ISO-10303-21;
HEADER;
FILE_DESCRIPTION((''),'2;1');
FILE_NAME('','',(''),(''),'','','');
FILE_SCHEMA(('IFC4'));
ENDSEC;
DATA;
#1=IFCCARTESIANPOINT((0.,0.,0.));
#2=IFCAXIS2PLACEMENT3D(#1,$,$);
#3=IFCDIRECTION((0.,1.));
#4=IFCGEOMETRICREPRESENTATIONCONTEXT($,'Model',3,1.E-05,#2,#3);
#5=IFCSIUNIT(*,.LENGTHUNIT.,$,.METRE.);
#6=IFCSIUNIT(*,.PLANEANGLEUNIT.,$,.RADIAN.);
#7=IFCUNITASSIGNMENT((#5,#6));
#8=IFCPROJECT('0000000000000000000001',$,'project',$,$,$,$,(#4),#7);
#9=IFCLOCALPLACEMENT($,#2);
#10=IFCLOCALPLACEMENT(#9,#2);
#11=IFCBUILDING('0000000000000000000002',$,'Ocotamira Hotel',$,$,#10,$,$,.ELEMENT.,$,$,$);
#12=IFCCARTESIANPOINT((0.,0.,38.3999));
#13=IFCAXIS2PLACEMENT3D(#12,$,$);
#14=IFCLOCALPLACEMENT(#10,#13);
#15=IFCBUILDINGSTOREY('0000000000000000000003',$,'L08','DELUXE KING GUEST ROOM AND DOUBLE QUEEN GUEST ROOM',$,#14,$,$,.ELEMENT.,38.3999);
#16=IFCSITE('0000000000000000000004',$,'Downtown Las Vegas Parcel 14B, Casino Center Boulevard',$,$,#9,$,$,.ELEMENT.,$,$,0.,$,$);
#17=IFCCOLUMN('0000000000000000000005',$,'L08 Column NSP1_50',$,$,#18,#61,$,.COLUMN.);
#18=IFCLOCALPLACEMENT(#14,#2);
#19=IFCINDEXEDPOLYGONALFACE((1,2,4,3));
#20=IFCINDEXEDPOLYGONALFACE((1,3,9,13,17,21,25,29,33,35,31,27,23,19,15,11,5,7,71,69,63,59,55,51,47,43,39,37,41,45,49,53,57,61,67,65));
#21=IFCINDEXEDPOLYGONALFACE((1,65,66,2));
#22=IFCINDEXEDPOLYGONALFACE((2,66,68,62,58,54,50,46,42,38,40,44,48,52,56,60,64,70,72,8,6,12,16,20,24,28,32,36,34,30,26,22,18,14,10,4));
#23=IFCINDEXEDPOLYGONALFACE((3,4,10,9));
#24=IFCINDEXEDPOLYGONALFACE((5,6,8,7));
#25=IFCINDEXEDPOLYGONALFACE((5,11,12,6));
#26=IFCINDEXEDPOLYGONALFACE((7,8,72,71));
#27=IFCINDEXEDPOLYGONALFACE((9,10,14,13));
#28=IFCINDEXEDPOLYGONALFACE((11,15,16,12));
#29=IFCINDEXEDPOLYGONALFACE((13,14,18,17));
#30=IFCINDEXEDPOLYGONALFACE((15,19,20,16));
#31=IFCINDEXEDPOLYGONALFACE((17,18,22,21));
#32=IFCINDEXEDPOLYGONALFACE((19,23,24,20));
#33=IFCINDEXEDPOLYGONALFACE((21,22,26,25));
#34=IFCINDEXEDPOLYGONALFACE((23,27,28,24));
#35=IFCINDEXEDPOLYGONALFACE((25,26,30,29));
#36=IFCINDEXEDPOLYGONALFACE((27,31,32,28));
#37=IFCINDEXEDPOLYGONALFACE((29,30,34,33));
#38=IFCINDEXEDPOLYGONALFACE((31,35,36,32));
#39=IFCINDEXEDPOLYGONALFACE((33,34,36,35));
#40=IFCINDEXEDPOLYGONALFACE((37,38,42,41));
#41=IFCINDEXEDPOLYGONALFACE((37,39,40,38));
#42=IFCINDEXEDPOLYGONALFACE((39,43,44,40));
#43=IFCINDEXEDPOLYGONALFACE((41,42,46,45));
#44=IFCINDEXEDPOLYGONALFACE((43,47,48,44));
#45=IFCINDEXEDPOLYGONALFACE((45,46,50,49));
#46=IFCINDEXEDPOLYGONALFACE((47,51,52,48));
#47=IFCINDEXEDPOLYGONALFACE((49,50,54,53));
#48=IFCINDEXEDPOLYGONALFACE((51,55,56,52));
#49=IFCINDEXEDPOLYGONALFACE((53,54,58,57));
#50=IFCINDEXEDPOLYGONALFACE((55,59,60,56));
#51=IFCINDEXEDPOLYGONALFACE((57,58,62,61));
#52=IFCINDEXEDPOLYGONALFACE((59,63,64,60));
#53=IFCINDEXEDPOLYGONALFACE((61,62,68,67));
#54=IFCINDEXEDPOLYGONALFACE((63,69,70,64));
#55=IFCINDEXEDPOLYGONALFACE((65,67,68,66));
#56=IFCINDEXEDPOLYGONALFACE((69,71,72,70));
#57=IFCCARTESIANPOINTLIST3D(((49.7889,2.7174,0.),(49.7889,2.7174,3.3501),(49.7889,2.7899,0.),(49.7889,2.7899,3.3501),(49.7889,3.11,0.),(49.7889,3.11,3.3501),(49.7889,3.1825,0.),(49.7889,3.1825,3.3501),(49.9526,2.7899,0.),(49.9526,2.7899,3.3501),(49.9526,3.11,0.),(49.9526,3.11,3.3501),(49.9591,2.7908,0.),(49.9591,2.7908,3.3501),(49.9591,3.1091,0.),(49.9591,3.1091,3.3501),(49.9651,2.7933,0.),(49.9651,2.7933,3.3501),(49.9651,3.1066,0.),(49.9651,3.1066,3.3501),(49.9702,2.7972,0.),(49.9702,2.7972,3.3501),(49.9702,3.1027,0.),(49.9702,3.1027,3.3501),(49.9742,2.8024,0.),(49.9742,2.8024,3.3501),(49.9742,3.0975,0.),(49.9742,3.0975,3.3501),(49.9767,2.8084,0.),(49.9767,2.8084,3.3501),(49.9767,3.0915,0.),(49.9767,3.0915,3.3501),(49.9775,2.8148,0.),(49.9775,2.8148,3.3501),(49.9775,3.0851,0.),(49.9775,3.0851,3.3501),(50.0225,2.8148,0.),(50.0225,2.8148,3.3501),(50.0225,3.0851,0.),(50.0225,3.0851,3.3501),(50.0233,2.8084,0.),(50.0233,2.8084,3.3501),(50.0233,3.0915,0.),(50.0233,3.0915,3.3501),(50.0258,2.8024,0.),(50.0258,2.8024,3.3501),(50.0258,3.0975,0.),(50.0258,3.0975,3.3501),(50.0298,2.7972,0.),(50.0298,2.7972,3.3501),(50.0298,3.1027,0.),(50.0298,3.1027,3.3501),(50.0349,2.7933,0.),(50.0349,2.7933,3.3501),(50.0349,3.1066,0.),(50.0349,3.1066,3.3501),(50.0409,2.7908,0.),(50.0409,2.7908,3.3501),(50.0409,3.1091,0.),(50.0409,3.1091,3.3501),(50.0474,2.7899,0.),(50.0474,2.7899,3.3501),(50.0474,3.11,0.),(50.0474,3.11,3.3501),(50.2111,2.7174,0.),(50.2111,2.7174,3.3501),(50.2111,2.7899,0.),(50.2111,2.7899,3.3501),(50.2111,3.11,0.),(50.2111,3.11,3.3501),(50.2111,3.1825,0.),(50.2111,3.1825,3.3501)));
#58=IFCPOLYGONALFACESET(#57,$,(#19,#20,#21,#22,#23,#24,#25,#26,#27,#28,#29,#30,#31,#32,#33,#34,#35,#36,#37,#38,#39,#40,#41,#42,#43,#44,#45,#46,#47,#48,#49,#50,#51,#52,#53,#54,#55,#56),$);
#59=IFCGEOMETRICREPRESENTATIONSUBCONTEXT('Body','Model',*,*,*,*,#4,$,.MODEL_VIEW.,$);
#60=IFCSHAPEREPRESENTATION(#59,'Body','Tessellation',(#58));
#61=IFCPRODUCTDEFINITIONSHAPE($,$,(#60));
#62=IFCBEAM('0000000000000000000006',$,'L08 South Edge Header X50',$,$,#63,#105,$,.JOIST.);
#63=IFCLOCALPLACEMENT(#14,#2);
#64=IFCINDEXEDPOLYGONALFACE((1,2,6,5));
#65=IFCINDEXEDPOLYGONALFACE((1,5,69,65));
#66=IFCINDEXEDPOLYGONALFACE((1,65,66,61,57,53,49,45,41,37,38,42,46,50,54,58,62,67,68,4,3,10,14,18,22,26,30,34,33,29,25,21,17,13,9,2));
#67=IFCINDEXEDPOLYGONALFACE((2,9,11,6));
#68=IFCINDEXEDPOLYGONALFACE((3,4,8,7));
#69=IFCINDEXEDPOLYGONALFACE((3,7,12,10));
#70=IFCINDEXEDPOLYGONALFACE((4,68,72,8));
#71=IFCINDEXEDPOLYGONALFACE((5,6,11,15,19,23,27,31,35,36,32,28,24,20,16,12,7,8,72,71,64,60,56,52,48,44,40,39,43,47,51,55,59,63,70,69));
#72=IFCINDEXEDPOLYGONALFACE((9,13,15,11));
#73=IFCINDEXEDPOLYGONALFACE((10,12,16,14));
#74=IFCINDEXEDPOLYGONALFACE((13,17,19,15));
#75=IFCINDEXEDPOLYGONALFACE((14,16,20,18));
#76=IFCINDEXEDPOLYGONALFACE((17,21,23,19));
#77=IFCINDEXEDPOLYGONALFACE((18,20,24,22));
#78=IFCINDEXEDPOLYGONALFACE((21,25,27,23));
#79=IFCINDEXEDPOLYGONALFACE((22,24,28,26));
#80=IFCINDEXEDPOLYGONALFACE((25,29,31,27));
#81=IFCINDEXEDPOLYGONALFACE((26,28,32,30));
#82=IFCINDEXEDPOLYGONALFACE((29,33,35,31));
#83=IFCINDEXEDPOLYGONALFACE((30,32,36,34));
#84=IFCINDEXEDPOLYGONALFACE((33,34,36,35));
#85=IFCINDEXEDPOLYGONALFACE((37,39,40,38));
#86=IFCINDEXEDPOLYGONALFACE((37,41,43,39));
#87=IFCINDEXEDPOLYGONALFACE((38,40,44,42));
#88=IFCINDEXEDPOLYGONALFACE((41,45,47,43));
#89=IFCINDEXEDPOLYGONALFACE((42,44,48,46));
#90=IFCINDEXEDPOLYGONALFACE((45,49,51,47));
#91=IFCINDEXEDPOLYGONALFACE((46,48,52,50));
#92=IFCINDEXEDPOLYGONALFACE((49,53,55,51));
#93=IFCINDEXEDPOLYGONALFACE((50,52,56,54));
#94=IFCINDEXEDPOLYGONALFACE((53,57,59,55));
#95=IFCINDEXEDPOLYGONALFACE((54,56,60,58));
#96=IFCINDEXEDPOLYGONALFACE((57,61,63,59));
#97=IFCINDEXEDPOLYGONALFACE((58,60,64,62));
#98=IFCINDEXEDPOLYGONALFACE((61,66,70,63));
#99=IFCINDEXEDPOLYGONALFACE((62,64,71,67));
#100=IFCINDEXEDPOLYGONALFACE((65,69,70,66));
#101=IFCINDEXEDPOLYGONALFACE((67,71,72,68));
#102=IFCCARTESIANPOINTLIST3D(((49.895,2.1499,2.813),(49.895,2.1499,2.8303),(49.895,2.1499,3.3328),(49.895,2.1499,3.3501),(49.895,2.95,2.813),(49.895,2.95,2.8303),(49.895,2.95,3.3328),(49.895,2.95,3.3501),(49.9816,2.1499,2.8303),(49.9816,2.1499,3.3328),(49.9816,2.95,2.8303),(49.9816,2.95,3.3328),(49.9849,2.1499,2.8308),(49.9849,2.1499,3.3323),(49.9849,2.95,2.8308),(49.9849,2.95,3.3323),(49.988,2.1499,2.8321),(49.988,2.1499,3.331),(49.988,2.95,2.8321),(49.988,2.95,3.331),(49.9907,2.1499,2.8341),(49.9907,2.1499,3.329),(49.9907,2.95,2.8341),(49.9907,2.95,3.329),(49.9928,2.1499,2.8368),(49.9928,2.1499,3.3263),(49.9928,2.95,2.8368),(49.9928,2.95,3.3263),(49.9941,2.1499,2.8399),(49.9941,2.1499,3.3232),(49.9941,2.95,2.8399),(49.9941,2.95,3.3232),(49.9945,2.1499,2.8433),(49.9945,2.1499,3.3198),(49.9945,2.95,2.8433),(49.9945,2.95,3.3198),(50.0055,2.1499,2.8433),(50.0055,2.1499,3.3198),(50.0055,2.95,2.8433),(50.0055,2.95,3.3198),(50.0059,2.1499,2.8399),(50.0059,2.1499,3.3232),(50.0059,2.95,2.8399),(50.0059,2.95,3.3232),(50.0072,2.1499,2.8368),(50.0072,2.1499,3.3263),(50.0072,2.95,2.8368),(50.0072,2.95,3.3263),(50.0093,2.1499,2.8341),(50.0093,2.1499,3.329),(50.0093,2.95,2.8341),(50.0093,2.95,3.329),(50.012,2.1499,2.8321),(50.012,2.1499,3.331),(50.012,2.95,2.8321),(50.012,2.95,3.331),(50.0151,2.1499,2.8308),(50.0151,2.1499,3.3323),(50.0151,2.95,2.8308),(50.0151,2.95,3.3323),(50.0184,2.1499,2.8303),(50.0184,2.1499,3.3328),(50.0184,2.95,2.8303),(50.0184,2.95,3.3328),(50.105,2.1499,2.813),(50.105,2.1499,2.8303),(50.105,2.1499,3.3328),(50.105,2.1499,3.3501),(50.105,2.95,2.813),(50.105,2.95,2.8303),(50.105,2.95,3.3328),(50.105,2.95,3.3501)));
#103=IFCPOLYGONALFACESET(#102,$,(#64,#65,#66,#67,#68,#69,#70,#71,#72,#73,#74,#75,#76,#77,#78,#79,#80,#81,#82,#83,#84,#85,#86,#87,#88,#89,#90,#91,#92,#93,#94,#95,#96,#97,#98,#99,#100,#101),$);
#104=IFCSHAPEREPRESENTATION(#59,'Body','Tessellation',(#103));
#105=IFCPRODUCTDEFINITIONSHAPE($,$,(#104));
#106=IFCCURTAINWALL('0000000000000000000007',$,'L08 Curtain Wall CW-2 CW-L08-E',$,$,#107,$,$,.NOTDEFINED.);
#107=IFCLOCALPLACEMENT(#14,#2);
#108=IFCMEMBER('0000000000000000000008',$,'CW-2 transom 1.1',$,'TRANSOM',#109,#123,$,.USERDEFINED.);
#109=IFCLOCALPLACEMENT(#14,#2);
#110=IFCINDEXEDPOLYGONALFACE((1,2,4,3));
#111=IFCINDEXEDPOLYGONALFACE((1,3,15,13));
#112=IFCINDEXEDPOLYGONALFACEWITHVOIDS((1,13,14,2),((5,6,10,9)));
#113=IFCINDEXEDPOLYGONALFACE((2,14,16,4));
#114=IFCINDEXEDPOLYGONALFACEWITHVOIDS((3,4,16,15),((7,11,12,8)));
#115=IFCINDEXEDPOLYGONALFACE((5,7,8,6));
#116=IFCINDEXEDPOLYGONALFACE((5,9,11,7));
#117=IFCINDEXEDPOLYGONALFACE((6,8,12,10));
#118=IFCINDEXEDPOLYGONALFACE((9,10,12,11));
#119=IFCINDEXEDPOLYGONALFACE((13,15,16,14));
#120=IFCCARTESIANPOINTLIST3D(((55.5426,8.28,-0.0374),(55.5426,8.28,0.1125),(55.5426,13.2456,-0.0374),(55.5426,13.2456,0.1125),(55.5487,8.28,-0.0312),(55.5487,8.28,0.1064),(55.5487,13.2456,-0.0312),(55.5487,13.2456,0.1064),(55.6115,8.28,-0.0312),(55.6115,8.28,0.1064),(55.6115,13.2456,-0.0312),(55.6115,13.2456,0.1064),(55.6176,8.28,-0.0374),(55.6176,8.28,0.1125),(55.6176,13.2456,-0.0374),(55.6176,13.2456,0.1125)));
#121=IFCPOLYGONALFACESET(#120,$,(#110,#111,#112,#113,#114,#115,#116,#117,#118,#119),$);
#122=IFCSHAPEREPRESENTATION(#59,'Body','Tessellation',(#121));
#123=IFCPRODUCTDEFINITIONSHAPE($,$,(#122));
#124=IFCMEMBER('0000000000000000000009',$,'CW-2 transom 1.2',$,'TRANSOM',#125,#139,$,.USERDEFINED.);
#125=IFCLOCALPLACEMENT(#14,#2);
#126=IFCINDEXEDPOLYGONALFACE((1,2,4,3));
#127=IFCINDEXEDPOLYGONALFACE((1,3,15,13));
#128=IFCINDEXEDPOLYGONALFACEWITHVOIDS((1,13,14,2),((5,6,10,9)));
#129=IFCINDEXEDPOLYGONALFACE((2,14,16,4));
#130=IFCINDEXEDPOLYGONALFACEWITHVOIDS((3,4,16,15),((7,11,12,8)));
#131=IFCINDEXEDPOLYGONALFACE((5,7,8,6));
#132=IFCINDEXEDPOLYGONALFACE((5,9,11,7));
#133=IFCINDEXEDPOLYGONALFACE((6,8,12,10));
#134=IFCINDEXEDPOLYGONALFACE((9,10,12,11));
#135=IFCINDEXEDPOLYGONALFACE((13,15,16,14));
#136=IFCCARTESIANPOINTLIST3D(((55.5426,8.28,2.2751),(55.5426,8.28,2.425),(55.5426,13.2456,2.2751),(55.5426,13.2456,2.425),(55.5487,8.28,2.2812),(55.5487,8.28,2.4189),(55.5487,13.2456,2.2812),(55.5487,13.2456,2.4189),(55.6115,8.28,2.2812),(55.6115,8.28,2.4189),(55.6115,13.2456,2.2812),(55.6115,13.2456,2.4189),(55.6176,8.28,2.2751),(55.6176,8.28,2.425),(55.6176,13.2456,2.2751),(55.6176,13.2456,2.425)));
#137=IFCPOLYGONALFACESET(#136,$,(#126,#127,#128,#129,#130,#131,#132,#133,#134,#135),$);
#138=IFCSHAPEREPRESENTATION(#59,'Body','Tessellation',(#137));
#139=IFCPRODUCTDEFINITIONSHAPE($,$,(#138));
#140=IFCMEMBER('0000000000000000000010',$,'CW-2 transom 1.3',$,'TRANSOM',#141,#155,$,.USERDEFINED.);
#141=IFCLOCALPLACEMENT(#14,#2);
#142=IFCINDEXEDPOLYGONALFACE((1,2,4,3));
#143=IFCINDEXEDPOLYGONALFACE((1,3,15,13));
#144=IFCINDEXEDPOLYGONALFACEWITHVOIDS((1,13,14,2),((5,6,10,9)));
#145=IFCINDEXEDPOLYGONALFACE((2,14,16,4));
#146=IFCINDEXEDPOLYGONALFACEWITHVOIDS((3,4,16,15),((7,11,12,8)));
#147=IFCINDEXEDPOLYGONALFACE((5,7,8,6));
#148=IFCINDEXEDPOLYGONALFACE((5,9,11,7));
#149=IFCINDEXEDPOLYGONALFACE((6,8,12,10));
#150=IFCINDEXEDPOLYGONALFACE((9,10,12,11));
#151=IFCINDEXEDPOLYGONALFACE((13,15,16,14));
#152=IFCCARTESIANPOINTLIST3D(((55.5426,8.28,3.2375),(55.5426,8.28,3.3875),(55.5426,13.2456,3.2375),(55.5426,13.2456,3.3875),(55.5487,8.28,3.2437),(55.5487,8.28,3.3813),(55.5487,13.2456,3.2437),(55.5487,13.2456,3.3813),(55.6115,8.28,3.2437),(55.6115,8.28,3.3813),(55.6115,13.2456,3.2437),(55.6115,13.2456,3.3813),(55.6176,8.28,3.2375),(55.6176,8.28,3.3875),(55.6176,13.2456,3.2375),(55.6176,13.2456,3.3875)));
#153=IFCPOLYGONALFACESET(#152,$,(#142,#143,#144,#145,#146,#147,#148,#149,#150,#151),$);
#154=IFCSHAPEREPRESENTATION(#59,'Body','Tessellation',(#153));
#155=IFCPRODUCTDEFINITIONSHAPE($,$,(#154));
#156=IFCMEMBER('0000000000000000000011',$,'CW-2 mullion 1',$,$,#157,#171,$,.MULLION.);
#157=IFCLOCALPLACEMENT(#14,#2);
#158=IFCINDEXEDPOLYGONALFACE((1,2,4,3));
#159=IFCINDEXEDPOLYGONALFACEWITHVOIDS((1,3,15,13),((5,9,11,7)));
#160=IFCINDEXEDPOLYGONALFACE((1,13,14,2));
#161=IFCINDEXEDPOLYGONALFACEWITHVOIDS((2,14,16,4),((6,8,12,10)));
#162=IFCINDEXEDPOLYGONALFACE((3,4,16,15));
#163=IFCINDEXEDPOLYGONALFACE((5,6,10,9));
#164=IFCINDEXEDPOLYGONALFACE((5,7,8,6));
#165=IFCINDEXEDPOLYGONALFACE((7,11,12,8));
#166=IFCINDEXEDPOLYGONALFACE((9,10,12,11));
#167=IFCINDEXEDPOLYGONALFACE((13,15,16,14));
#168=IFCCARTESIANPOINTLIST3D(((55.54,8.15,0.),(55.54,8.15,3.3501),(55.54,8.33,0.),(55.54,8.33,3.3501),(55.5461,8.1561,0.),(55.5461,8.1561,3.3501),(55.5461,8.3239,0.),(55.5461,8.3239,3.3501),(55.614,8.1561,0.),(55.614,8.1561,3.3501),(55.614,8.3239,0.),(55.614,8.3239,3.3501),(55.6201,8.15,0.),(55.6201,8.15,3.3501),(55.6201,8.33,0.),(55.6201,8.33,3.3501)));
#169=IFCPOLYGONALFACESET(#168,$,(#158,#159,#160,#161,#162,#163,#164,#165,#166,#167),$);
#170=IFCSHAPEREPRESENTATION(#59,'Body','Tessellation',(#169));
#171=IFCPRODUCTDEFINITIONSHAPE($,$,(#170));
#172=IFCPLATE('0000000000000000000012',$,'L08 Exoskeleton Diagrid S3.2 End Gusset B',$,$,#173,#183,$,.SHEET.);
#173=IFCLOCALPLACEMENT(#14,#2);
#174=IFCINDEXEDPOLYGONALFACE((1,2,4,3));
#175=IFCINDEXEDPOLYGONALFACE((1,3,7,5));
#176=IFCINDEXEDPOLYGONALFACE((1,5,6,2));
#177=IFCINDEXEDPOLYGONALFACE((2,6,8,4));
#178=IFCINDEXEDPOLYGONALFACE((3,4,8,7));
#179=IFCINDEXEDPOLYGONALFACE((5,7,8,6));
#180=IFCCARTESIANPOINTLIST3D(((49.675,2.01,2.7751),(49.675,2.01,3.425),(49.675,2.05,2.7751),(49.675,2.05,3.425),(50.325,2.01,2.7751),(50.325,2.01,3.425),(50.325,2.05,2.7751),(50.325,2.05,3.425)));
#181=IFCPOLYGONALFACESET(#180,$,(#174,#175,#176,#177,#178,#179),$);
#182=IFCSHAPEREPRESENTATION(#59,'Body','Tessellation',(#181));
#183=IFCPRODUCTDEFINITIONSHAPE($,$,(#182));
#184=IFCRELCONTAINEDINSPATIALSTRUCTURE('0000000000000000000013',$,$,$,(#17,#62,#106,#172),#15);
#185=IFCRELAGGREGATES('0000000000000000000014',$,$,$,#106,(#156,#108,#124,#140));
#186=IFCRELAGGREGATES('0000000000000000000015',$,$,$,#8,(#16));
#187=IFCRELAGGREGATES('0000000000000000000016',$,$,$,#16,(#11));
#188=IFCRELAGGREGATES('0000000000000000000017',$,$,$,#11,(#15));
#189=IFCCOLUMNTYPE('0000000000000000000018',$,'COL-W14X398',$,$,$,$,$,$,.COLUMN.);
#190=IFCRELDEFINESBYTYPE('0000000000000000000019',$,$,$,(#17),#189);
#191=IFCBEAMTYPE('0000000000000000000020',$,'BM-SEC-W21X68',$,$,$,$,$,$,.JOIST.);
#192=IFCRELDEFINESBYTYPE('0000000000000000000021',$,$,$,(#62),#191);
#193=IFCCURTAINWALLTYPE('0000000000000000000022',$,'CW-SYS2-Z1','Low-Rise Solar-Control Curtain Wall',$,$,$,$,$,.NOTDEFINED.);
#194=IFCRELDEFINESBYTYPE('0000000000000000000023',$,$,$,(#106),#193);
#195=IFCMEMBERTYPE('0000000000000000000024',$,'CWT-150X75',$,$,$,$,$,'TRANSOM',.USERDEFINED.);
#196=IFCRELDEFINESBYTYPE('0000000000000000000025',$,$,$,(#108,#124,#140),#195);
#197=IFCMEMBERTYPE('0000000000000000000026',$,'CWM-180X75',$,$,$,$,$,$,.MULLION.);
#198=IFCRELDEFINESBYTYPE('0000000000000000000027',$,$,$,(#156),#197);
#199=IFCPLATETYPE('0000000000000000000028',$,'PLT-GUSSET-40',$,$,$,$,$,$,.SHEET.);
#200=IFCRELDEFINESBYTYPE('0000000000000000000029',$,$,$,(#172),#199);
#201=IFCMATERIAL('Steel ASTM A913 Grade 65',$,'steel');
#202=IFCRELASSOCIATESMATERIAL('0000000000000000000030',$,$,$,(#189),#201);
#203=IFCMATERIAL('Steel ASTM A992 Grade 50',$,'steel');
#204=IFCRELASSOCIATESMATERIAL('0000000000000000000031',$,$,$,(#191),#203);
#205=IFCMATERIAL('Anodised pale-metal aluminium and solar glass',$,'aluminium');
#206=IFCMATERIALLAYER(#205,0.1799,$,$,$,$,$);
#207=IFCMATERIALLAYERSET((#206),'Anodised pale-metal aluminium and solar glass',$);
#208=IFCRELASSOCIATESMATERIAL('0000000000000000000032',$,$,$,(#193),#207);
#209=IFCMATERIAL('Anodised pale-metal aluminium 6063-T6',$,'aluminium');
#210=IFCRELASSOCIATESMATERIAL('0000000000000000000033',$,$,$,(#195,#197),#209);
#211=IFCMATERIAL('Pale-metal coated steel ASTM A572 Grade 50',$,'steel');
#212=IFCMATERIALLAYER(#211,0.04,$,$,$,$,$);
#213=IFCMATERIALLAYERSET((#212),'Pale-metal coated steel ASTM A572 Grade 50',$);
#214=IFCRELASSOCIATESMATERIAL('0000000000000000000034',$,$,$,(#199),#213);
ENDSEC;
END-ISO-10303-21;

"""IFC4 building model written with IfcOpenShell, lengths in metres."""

from ifc_helpers import new_model, si_unit, direction, frame, origin, origin_2d, place, context, subcontext, project, spatial, rectangle, hollow_rectangle, i_section, extrude, source, transform, mapped, material, layer, layer_set, material_profile, profile_set, type_object, element, aggregate, save


model = new_model("IFC4")

# Units and contexts
model_context = context("Model", 3, precision=1e-05, world=origin(), true_north=direction((0.0, 1.0)))
body_context = subcontext(model_context, "Body", "Model", "MODEL_VIEW")
ifc_project = project(units=[si_unit("LENGTHUNIT", "METRE"), si_unit("PLANEANGLEUNIT", "RADIAN")], contexts=[model_context])

# Site, building, storey
site_placement = place(None, origin())
site = spatial("IfcSite", under=ifc_project, at=site_placement, Name="Downtown Las Vegas Parcel 14B, Casino Center Boulevard", CompositionType="ELEMENT", RefElevation=0.0)
building_placement = place(site_placement, origin())
building = spatial("IfcBuilding", under=site, at=building_placement, Name="Ocotamira Hotel", CompositionType="ELEMENT")
storey_placement = place(building_placement, frame((0.0, 0.0, 38.3999)))
storey = spatial("IfcBuildingStorey", under=building, at=storey_placement, Name="L08", Description="DELUXE KING GUEST ROOM AND DOUBLE QUEEN GUEST ROOM", CompositionType="ELEMENT", Elevation=38.3999)

# Column
ifc_material_1 = material(Name="Steel ASTM A913 Grade 65", Category="steel")
ifc_material_profile_1 = material_profile(ifc_material_1, i_section(OverallWidth=0.4221, OverallDepth=0.4651, WebThickness=0.0449, FlangeThickness=0.0725, FilletRadius=0.0249, at=origin_2d()), Name="W14X398")
ifc_profile_set_1 = profile_set([ifc_material_profile_1], Name="Steel ASTM A913 Grade 65")
column_type = type_object("IfcColumnType", Name="COL-W14X398", PredefinedType="COLUMN", material=ifc_profile_set_1)
shared_shape_1 = source(origin(), body_context, "Body", "SweptSolid", [
    extrude(i_section(OverallWidth=0.4221, OverallDepth=0.4651, WebThickness=0.0449, FlangeThickness=0.0725, FilletRadius=0.0249, at=origin_2d()), origin(), (0.0, 0.0, 1.0), 3.3501),
])
column_placement = place(storey_placement, frame((50.0, 2.95, 0.0), z_axis=(0.0, 0.0, 1.0), x_axis=(1.0, 0.0, 0.0)))
element("IfcColumn", 1, at=column_placement, inside=storey, type_object=column_type, Name="L08 Column NSP1_50", PredefinedType="COLUMN", context=body_context, shape_type="MappedRepresentation", body=[
    mapped(shared_shape_1, transform((0.0, 0.0, 0.0), scale=1.0)),
])

# Beam
ifc_material_2 = material(Name="Steel ASTM A992 Grade 50", Category="steel")
ifc_material_profile_2 = material_profile(ifc_material_2, i_section(OverallWidth=0.21, OverallDepth=0.5371, WebThickness=0.011, FlangeThickness=0.0173, FilletRadius=0.0129, at=origin_2d()), Name="W21X68")
ifc_profile_set_2 = profile_set([ifc_material_profile_2], Name="Steel ASTM A992 Grade 50")
beam_type = type_object("IfcBeamType", Name="BM-SEC-W21X68", PredefinedType="JOIST", material=ifc_profile_set_2)
shared_shape_2 = source(origin(), body_context, "Body", "SweptSolid", [
    extrude(i_section(OverallWidth=0.21, OverallDepth=0.5371, WebThickness=0.011, FlangeThickness=0.0173, FilletRadius=0.0129, at=origin_2d()), origin(), (0.0, 0.0, 1.0), 0.8),
])
beam_placement = place(storey_placement, frame((50.0, 2.95, 3.0815), z_axis=(0.0, -1.0, 0.0), x_axis=(1.0, 0.0, 0.0)))
element("IfcBeam", 2, at=beam_placement, inside=storey, type_object=beam_type, Name="L08 South Edge Header X50", PredefinedType="JOIST", context=body_context, shape_type="MappedRepresentation", body=[
    mapped(shared_shape_2, transform((0.0, 0.0, 0.0), scale=1.0)),
])

# Curtain wall, members
ifc_material_3 = material(Name="Anodised pale-metal aluminium and solar glass", Category="aluminium")
ifc_layer_1 = layer(ifc_material_3, 0.1799)
ifc_layer_set_1 = layer_set([ifc_layer_1], Name="Anodised pale-metal aluminium and solar glass")
curtain_wall_type = type_object("IfcCurtainWallType", Name="CW-SYS2-Z1", Description="Low-Rise Solar-Control Curtain Wall", PredefinedType="NOTDEFINED", material=ifc_layer_set_1)
curtain_wall_placement = place(storey_placement, origin())
curtain_wall = element("IfcCurtainWall", 3, at=curtain_wall_placement, inside=storey, type_object=curtain_wall_type, Name="L08 Curtain Wall CW-2 CW-L08-E", PredefinedType="NOTDEFINED")
ifc_material_4 = material(Name="Anodised pale-metal aluminium 6063-T6", Category="aluminium")
ifc_material_profile_3 = material_profile(ifc_material_4, hollow_rectangle(XDim=0.075, YDim=0.1499, WallThickness=0.0061, at=origin_2d()), Name="HSS150X75X6")
ifc_profile_set_3 = profile_set([ifc_material_profile_3], Name="Anodised pale-metal aluminium 6063-T6")
member_type_1 = type_object("IfcMemberType", Name="CWT-150X75", ElementType="TRANSOM", PredefinedType="USERDEFINED", material=ifc_profile_set_3)
shared_shape_3 = source(origin(), body_context, "Body", "SweptSolid", [
    extrude(hollow_rectangle(XDim=0.075, YDim=0.1499, WallThickness=0.0061, at=origin_2d()), origin(), (0.0, 0.0, 1.0), 4.9656),
])
member_1_placement = place(storey_placement, frame((55.5801, 8.28, 0.0376), z_axis=(0.0, 1.0, 0.0), x_axis=(-1.0, 0.0, 0.0)))
member_1 = element("IfcMember", 4, at=member_1_placement, type_object=member_type_1, Name="CW-2 transom 1.1", ObjectType="TRANSOM", PredefinedType="USERDEFINED", context=body_context, shape_type="MappedRepresentation", body=[
    mapped(shared_shape_3, transform((0.0, 0.0, 0.0), scale=1.0)),
])
member_2_placement = place(storey_placement, frame((55.5801, 8.28, 2.3501), z_axis=(0.0, 1.0, 0.0), x_axis=(-1.0, 0.0, 0.0)))
member_2 = element("IfcMember", 5, at=member_2_placement, type_object=member_type_1, Name="CW-2 transom 1.2", ObjectType="TRANSOM", PredefinedType="USERDEFINED", context=body_context, shape_type="MappedRepresentation", body=[
    mapped(shared_shape_3, transform((0.0, 0.0, 0.0), scale=1.0)),
])
member_3_placement = place(storey_placement, frame((55.5801, 8.28, 3.3125), z_axis=(0.0, 1.0, 0.0), x_axis=(-1.0, 0.0, 0.0)))
member_3 = element("IfcMember", 6, at=member_3_placement, type_object=member_type_1, Name="CW-2 transom 1.3", ObjectType="TRANSOM", PredefinedType="USERDEFINED", context=body_context, shape_type="MappedRepresentation", body=[
    mapped(shared_shape_3, transform((0.0, 0.0, 0.0), scale=1.0)),
])
ifc_material_profile_4 = material_profile(ifc_material_4, hollow_rectangle(XDim=0.0801, YDim=0.1799, WallThickness=0.0061, at=origin_2d()), Name="HSS180X80X6")
ifc_profile_set_4 = profile_set([ifc_material_profile_4], Name="Anodised pale-metal aluminium 6063-T6")
member_type_2 = type_object("IfcMemberType", Name="CWM-180X75", PredefinedType="MULLION", material=ifc_profile_set_4)
shared_shape_4 = source(origin(), body_context, "Body", "SweptSolid", [
    extrude(hollow_rectangle(XDim=0.0801, YDim=0.1799, WallThickness=0.0061, at=origin_2d()), origin(), (0.0, 0.0, 1.0), 3.3501),
])
member_4_placement = place(storey_placement, frame((55.5801, 8.24, 0.0), z_axis=(0.0, 0.0, 1.0), x_axis=(-1.0, 0.0, 0.0)))
member_4 = element("IfcMember", 7, at=member_4_placement, type_object=member_type_2, Name="CW-2 mullion 1", PredefinedType="MULLION", context=body_context, shape_type="MappedRepresentation", body=[
    mapped(shared_shape_4, transform((0.0, 0.0, 0.0), scale=1.0)),
])

# Plate
ifc_material_5 = material(Name="Pale-metal coated steel ASTM A572 Grade 50", Category="steel")
ifc_layer_2 = layer(ifc_material_5, 0.04)
ifc_layer_set_2 = layer_set([ifc_layer_2], Name="Pale-metal coated steel ASTM A572 Grade 50")
plate_type_1 = type_object("IfcPlateType", Name="PLT-GUSSET-40", PredefinedType="SHEET", material=ifc_layer_set_2)
shared_shape_5 = source(origin(), body_context, "Body", "SweptSolid", [
    extrude(rectangle(XDim=0.6499, YDim=0.04, at=origin_2d()), origin(), (0.0, 0.0, 1.0), 0.6499),
])
plate_1_placement = place(storey_placement, frame((50.0, 2.03, 2.7751), z_axis=(0.0, 0.0, 1.0), x_axis=(1.0, 0.0, 0.0)))
element("IfcPlate", 8, at=plate_1_placement, inside=storey, type_object=plate_type_1, Name="L08 Exoskeleton Diagrid S3.2 End Gusset B", PredefinedType="SHEET", context=body_context, shape_type="MappedRepresentation", body=[
    mapped(shared_shape_5, transform((0.0, 0.0, 0.0), scale=1.0)),
])
aggregate(curtain_wall, [member_4, member_1, member_2, member_3])

save(model, "model.ifc")
